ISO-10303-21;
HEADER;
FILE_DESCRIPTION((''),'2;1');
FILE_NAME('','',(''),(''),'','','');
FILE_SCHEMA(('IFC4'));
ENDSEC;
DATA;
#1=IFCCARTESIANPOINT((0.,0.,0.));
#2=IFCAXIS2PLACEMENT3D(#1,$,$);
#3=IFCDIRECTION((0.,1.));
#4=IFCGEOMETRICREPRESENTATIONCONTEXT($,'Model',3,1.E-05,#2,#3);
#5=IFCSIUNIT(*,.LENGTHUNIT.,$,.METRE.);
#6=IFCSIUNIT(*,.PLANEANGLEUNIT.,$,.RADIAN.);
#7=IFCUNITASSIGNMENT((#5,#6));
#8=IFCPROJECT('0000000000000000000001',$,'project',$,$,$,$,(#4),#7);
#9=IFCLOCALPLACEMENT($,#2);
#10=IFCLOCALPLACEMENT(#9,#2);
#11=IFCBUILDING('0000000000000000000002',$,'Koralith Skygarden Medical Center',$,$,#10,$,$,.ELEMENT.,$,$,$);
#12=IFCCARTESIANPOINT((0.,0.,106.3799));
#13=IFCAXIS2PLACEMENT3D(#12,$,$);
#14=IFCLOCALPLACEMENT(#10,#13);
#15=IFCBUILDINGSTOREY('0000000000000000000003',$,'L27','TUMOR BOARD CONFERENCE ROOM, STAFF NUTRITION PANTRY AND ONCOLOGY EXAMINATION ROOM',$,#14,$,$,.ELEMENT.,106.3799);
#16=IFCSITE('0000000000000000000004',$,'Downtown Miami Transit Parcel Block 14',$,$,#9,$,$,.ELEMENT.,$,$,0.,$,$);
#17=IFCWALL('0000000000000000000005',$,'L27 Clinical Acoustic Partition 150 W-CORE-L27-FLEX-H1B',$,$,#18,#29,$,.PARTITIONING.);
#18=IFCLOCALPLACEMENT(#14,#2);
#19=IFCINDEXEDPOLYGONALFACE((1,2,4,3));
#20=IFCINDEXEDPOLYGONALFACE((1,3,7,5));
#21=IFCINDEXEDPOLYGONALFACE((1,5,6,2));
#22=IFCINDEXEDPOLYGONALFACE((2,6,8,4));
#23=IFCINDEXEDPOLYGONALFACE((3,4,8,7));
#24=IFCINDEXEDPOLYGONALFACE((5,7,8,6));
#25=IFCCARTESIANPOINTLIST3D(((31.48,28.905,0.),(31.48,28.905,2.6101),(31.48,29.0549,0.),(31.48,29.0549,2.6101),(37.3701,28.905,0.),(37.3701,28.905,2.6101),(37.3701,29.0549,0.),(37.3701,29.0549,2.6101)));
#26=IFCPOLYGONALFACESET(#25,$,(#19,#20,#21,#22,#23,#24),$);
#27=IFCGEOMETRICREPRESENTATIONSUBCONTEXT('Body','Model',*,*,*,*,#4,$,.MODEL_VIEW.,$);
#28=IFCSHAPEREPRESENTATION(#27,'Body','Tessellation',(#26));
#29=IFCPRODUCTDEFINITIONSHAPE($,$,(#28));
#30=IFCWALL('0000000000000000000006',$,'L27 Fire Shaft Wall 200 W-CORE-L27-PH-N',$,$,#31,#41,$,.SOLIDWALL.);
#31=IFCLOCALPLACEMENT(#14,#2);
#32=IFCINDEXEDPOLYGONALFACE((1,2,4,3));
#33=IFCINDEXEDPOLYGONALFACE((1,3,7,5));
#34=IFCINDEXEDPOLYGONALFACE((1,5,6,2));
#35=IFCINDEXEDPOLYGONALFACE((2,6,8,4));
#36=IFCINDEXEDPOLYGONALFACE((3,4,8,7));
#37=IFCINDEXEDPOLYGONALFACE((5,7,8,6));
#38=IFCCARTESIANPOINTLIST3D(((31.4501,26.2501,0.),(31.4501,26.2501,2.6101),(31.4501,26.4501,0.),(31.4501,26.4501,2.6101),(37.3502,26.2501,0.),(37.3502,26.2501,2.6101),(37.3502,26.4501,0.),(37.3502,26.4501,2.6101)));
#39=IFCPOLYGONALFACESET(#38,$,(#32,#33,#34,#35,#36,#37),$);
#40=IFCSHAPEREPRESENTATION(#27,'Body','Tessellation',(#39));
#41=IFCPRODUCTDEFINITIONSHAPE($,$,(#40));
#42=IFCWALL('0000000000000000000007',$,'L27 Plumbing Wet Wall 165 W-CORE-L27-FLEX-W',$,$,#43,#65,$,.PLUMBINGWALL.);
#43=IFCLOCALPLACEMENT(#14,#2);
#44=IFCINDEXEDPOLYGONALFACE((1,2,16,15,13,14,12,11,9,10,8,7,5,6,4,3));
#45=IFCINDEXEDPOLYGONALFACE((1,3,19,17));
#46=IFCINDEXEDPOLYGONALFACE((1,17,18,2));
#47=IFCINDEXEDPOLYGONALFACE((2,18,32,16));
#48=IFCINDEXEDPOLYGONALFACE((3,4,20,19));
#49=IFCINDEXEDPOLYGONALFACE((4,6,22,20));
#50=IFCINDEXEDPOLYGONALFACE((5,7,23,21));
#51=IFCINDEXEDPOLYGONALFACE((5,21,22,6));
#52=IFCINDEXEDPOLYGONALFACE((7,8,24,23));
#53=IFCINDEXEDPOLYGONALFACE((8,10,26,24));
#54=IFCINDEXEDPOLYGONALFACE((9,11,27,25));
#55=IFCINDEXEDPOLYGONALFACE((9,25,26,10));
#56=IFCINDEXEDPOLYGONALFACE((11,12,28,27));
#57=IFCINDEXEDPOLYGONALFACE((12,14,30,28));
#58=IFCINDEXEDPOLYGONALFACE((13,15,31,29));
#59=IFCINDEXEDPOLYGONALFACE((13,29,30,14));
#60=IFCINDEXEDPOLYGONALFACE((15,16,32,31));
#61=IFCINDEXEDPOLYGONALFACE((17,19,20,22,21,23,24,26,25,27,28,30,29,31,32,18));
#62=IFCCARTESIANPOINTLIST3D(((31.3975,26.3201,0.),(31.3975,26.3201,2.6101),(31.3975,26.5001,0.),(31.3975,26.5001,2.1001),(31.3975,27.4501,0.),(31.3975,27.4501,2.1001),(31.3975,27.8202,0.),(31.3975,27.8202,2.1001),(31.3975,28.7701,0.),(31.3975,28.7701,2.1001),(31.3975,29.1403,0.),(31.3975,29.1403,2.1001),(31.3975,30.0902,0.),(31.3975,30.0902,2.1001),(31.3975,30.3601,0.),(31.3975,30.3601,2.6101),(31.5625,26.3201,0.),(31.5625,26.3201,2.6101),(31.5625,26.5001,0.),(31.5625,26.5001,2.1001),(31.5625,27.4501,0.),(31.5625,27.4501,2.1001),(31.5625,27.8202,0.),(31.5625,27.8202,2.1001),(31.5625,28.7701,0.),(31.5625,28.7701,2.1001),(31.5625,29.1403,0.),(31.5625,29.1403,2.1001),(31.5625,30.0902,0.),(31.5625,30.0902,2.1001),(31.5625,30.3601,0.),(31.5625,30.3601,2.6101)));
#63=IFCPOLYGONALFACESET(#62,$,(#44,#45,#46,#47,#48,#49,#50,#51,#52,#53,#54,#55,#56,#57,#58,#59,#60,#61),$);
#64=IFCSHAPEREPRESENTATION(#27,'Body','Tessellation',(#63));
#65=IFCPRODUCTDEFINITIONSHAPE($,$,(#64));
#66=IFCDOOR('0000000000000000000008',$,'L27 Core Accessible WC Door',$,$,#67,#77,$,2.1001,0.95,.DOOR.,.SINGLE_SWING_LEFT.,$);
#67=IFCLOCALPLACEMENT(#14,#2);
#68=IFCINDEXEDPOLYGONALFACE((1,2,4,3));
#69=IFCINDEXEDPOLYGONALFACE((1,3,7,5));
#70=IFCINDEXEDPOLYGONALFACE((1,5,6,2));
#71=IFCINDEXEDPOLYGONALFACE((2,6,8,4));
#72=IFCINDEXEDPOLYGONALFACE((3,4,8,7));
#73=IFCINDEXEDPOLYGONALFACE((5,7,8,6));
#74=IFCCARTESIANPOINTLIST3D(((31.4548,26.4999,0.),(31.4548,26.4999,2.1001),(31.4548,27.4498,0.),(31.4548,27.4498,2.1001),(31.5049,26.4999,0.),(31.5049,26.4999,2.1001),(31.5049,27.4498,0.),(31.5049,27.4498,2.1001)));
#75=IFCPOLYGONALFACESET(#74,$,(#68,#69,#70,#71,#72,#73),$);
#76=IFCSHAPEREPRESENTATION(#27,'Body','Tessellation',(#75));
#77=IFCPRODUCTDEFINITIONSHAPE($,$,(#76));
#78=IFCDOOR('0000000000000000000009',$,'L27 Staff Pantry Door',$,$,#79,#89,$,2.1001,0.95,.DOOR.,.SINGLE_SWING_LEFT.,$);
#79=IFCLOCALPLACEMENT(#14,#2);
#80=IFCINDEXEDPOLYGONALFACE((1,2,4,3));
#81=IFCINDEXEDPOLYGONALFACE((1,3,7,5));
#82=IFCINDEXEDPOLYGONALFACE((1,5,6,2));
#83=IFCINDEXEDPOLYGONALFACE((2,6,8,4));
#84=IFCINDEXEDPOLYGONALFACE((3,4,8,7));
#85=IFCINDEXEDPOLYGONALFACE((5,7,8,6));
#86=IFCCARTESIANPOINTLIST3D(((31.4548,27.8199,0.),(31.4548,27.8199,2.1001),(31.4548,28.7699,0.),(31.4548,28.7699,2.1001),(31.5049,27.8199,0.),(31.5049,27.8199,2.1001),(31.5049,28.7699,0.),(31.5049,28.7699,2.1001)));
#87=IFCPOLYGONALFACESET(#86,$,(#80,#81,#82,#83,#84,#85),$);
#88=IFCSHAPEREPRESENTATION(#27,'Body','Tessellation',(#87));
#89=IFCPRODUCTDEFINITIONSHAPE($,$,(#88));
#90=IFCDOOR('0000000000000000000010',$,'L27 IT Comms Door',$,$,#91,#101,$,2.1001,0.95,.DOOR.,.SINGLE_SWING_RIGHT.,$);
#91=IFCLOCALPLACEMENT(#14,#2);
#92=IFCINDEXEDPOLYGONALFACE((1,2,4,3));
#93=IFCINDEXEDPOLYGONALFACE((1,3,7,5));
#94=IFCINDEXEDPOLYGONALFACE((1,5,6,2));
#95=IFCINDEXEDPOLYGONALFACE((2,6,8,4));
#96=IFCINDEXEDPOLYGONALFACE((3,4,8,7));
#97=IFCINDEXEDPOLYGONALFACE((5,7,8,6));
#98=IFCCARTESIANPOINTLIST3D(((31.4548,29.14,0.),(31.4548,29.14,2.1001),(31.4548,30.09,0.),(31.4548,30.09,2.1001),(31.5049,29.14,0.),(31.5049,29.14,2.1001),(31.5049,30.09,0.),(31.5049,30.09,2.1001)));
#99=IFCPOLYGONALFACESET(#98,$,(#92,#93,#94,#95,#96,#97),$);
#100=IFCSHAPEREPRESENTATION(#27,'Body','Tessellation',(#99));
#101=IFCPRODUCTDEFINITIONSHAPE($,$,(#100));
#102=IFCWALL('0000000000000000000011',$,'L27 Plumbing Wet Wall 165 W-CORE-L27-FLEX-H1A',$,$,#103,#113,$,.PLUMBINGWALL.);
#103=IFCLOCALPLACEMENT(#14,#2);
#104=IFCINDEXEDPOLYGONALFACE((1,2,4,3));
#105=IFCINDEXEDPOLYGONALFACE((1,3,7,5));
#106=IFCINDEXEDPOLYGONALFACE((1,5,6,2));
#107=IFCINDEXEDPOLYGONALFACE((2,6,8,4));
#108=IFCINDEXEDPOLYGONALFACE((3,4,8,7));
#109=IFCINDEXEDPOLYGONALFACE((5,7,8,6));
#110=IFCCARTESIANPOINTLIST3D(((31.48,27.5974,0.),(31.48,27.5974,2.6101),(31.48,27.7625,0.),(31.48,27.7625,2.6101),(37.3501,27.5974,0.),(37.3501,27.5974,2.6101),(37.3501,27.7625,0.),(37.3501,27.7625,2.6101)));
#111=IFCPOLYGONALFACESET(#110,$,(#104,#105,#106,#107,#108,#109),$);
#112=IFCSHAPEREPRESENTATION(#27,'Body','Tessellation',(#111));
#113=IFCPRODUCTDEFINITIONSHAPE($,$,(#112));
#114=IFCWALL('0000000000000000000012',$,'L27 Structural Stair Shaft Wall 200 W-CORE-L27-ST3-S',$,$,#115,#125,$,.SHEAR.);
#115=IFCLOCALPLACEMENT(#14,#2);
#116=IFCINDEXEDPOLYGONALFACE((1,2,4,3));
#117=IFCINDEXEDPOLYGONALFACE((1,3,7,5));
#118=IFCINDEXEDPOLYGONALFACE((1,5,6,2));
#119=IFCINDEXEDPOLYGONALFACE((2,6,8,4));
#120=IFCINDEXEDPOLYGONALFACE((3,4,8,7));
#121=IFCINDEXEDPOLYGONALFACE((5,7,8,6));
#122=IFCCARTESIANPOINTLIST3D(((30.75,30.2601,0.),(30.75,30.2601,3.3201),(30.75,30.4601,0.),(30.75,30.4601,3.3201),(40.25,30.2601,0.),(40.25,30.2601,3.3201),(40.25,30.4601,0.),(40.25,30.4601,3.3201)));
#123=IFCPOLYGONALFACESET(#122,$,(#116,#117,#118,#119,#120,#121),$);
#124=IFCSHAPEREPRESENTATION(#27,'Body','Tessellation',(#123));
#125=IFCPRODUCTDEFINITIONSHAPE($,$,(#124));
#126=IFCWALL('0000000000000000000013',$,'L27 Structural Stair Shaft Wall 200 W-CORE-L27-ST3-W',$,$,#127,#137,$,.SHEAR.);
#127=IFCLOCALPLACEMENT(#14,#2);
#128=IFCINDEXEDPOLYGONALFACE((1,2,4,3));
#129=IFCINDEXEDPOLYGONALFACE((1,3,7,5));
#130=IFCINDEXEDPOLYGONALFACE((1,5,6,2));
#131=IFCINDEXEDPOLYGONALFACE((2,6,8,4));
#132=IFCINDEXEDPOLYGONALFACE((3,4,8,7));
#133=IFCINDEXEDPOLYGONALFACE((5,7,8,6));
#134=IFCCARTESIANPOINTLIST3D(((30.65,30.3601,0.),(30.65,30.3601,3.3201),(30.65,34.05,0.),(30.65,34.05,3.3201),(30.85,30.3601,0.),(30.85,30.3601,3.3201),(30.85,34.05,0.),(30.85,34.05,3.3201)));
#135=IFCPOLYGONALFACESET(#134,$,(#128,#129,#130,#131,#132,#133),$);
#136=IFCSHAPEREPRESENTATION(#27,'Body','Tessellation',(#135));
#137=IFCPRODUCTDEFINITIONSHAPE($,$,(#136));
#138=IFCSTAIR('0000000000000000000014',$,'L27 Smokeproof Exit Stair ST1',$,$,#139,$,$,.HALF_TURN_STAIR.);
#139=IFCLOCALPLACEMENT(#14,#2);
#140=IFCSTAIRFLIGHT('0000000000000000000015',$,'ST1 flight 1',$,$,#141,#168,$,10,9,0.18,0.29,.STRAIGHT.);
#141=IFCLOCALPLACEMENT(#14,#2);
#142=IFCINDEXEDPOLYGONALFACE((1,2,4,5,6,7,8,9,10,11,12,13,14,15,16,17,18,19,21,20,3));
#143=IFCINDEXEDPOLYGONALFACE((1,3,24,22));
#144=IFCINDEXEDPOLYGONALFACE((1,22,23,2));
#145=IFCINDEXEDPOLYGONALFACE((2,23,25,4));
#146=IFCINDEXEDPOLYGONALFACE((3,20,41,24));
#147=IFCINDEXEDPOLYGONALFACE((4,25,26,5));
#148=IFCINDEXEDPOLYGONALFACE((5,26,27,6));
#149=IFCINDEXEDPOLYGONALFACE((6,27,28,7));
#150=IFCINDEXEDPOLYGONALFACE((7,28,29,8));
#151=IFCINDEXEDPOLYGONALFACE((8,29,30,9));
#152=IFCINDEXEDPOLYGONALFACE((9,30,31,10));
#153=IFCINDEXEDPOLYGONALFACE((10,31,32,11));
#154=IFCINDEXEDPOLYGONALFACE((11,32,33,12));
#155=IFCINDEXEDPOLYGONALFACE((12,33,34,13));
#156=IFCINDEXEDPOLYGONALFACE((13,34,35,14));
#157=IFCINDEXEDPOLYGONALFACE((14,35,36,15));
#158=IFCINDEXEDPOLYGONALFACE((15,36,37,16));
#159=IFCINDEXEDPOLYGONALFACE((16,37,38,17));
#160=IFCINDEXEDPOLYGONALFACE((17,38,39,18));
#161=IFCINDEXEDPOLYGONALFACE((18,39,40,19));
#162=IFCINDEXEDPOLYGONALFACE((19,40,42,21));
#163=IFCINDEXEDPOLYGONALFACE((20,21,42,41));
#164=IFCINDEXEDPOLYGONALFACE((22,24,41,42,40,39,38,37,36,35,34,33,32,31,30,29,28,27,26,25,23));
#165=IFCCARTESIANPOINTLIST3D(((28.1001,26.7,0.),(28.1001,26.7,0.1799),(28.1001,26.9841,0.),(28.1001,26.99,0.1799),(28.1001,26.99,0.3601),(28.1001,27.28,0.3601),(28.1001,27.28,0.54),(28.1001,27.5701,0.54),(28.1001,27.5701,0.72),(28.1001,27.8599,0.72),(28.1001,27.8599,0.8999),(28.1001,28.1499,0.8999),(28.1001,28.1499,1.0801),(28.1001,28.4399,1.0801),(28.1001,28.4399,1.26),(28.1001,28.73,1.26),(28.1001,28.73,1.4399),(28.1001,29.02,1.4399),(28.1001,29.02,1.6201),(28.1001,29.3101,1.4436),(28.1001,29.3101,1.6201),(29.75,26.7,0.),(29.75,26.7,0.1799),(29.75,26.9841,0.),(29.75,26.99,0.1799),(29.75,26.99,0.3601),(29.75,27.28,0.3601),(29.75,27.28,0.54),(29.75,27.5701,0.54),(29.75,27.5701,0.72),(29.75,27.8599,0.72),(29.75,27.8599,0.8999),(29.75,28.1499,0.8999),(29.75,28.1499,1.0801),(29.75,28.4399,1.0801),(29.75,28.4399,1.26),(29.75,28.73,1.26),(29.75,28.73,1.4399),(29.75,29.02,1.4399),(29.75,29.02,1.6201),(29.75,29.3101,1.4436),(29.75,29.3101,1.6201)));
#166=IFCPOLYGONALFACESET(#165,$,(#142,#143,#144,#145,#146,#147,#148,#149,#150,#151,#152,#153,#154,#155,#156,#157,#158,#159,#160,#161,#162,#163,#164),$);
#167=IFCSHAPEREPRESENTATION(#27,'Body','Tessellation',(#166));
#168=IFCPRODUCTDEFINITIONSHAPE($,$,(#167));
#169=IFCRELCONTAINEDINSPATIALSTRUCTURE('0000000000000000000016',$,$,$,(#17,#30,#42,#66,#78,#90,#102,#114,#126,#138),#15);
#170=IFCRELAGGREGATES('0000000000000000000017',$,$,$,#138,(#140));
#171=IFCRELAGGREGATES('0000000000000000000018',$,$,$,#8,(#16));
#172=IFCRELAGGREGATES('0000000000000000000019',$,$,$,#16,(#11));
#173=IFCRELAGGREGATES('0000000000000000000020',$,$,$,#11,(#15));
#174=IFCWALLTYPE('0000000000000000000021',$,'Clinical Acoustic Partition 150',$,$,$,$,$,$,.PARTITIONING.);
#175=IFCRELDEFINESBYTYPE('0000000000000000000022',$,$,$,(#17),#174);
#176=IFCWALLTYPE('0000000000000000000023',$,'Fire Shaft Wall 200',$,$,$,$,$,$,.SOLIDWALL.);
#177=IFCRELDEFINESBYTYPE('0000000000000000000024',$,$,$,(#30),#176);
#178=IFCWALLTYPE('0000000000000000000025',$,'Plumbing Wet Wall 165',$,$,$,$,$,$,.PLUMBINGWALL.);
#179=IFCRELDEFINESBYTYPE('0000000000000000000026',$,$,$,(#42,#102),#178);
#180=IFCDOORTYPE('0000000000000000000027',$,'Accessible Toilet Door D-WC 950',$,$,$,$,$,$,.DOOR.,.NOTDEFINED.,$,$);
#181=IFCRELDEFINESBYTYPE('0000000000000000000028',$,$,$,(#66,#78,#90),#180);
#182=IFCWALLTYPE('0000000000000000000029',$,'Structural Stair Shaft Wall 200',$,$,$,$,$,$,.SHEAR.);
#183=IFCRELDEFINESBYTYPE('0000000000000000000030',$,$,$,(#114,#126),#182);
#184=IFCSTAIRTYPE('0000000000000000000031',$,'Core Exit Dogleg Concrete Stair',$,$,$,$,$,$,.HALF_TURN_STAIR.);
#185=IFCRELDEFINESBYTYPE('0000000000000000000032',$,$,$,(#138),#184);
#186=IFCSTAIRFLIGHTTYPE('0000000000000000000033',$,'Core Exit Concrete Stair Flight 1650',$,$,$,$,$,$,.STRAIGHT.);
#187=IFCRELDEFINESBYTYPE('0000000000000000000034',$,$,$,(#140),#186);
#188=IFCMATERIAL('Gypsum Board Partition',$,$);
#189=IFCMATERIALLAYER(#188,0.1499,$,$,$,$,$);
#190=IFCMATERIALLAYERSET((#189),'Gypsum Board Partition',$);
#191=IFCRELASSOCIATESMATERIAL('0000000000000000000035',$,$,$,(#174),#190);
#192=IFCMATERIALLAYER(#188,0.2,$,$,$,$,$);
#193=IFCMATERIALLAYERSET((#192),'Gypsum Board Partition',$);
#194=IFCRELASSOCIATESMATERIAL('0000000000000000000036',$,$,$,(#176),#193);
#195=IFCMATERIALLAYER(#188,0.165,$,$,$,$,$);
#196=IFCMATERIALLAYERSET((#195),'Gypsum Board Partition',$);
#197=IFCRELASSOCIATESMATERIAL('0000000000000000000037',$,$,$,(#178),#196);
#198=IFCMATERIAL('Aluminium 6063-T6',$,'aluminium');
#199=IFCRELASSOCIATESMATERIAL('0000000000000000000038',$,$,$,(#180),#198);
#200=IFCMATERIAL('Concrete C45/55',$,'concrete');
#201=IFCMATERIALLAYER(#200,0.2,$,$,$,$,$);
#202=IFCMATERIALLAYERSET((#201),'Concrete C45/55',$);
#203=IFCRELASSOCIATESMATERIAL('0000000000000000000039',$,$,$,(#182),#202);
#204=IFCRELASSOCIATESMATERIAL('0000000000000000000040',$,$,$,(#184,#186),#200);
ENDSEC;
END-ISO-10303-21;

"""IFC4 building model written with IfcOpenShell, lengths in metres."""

from ifc_helpers import new_model, si_unit, direction, frame, frame_2d, origin, place, context, subcontext, project, spatial, polyline, rectangle, outline, extrude, material, layer, layer_set, type_object, element, fill, aggregate, save


model = new_model("IFC4")

# Units and contexts
model_context = context("Model", 3, precision=1e-05, world=origin(), true_north=direction((0.0, 1.0)))
body_context = subcontext(model_context, "Body", "Model", "MODEL_VIEW")
ifc_project = project(units=[si_unit("LENGTHUNIT", "METRE"), si_unit("PLANEANGLEUNIT", "RADIAN")], contexts=[model_context])

# Site, building, storey
site_placement = place(None, origin())
site = spatial("IfcSite", under=ifc_project, at=site_placement, Name="Downtown Miami Transit Parcel Block 14", CompositionType="ELEMENT", RefElevation=0.0)
building_placement = place(site_placement, origin())
building = spatial("IfcBuilding", under=site, at=building_placement, Name="Koralith Skygarden Medical Center", CompositionType="ELEMENT")
storey_placement = place(building_placement, frame((0.0, 0.0, 106.3799)))
storey = spatial("IfcBuildingStorey", under=building, at=storey_placement, Name="L27", Description="TUMOR BOARD CONFERENCE ROOM, STAFF NUTRITION PANTRY AND ONCOLOGY EXAMINATION ROOM", CompositionType="ELEMENT", Elevation=106.3799)

# Walls
ifc_material_1 = material(Name="Gypsum Board Partition")
ifc_layer_1 = layer(ifc_material_1, 0.1499)
ifc_layer_set_1 = layer_set([ifc_layer_1], Name="Gypsum Board Partition")
wall_type_1 = type_object("IfcWallType", Name="Clinical Acoustic Partition 150", PredefinedType="PARTITIONING", material=ifc_layer_set_1)
wall_1_placement = place(storey_placement, frame((31.48, 28.98, 0.0), z_axis=(0.0, 0.0, 1.0), x_axis=(1.0, 0.0, 0.0)))
element("IfcWall", 1, at=wall_1_placement, inside=storey, type_object=wall_type_1, Name="L27 Clinical Acoustic Partition 150 W-CORE-L27-FLEX-H1B", PredefinedType="PARTITIONING", context=body_context, shape_type="SweptSolid", body=[
    extrude(rectangle(XDim=5.8901, YDim=0.1499, at=frame_2d((2.9451, 0.0))), origin(), (0.0, 0.0, 1.0), 2.6101),
])
ifc_layer_2 = layer(ifc_material_1, 0.2)
ifc_layer_set_2 = layer_set([ifc_layer_2], Name="Gypsum Board Partition")
wall_type_2 = type_object("IfcWallType", Name="Fire Shaft Wall 200", PredefinedType="SOLIDWALL", material=ifc_layer_set_2)
wall_2_placement = place(storey_placement, frame((31.45, 26.3501, 0.0), z_axis=(0.0, 0.0, 1.0), x_axis=(1.0, 0.0, 0.0)))
element("IfcWall", 2, at=wall_2_placement, inside=storey, type_object=wall_type_2, Name="L27 Fire Shaft Wall 200 W-CORE-L27-PH-N", PredefinedType="SOLIDWALL", context=body_context, shape_type="SweptSolid", body=[
    extrude(rectangle(XDim=5.9001, YDim=0.2, at=frame_2d((2.9502, 0.0))), origin(), (0.0, 0.0, 1.0), 2.6101),
])

# Wall, openings, doors
ifc_layer_3 = layer(ifc_material_1, 0.165)
ifc_layer_set_3 = layer_set([ifc_layer_3], Name="Gypsum Board Partition")
wall_type_3 = type_object("IfcWallType", Name="Plumbing Wet Wall 165", PredefinedType="PLUMBINGWALL", material=ifc_layer_set_3)
wall_3_placement = place(storey_placement, frame((31.48, 26.3201, 0.0), z_axis=(0.0, 0.0, 1.0), x_axis=(0.0, 1.0, 0.0)))
wall_3 = element("IfcWall", 3, at=wall_3_placement, inside=storey, type_object=wall_type_3, Name="L27 Plumbing Wet Wall 165 W-CORE-L27-FLEX-W", PredefinedType="PLUMBINGWALL", context=body_context, shape_type="SweptSolid", body=[
    extrude(rectangle(XDim=4.04, YDim=0.165, at=frame_2d((2.02, 0.0))), origin(), (0.0, 0.0, 1.0), 2.6101),
])
opening_1_placement = place(wall_3_placement, frame((0.1799, 0.0, 0.0)))
opening_1 = element("IfcOpeningElement", 4, at=opening_1_placement, cuts=wall_3, PredefinedType="OPENING", context=body_context, shape_type="SweptSolid", body=[
    extrude(rectangle(XDim=0.95, YDim=2.1001, at=frame_2d((0.4751, 1.05))), frame((0.0, 0.0925, 0.0), z_axis=(0.0, -1.0, 0.0), x_axis=(1.0, 0.0, 0.0)), (0.0, 0.0, 1.0), 0.1851),
])
opening_2_placement = place(wall_3_placement, frame((1.5, 0.0, 0.0)))
opening_2 = element("IfcOpeningElement", 5, at=opening_2_placement, cuts=wall_3, PredefinedType="OPENING", context=body_context, shape_type="SweptSolid", body=[
    extrude(rectangle(XDim=0.95, YDim=2.1001, at=frame_2d((0.4751, 1.05))), frame((0.0, 0.0925, 0.0), z_axis=(0.0, -1.0, 0.0), x_axis=(1.0, 0.0, 0.0)), (0.0, 0.0, 1.0), 0.1851),
])
opening_3_placement = place(wall_3_placement, frame((2.8201, 0.0, 0.0)))
opening_3 = element("IfcOpeningElement", 6, at=opening_3_placement, cuts=wall_3, PredefinedType="OPENING", context=body_context, shape_type="SweptSolid", body=[
    extrude(rectangle(XDim=0.95, YDim=2.1001, at=frame_2d((0.4751, 1.05))), frame((0.0, 0.0925, 0.0), z_axis=(0.0, -1.0, 0.0), x_axis=(1.0, 0.0, 0.0)), (0.0, 0.0, 1.0), 0.1851),
])
ifc_material_2 = material(Name="Aluminium 6063-T6", Category="aluminium")
door_type = type_object("IfcDoorType", Name="Accessible Toilet Door D-WC 950", OperationType="NOTDEFINED", PredefinedType="DOOR", material=ifc_material_2)
door_1_placement = place(opening_1_placement, frame((0.95, 0.0, 0.0), z_axis=(0.0, 0.0, 1.0), x_axis=(-1.0, 0.0, 0.0)))
door_1 = element("IfcDoor", 7, at=door_1_placement, inside=storey, type_object=door_type, Name="L27 Core Accessible WC Door", OperationType="SINGLE_SWING_LEFT", OverallHeight=2.1001, OverallWidth=0.95, PredefinedType="DOOR", context=body_context, shape_type="SweptSolid", body=[
    extrude(rectangle(XDim=0.95, YDim=2.1001, at=frame_2d((0.4751, 1.05))), frame((0.0, 0.0249, 0.0), z_axis=(0.0, -1.0, 0.0), x_axis=(1.0, 0.0, 0.0)), (0.0, 0.0, 1.0), 0.05),
])
fill(opening_1, door_1)
door_2_placement = place(opening_2_placement, frame((0.95, 0.0, 0.0), z_axis=(0.0, 0.0, 1.0), x_axis=(-1.0, 0.0, 0.0)))
door_2 = element("IfcDoor", 8, at=door_2_placement, inside=storey, type_object=door_type, Name="L27 Staff Pantry Door", OperationType="SINGLE_SWING_LEFT", OverallHeight=2.1001, OverallWidth=0.95, PredefinedType="DOOR", context=body_context, shape_type="SweptSolid", body=[
    extrude(rectangle(XDim=0.95, YDim=2.1001, at=frame_2d((0.4751, 1.05))), frame((0.0, 0.0249, 0.0), z_axis=(0.0, -1.0, 0.0), x_axis=(1.0, 0.0, 0.0)), (0.0, 0.0, 1.0), 0.05),
])
fill(opening_2, door_2)
door_3_placement = place(opening_3_placement, frame((0.95, 0.0, 0.0), z_axis=(0.0, 0.0, 1.0), x_axis=(-1.0, 0.0, 0.0)))
door_3 = element("IfcDoor", 9, at=door_3_placement, inside=storey, type_object=door_type, Name="L27 IT Comms Door", OperationType="SINGLE_SWING_RIGHT", OverallHeight=2.1001, OverallWidth=0.95, PredefinedType="DOOR", context=body_context, shape_type="SweptSolid", body=[
    extrude(rectangle(XDim=0.95, YDim=2.1001, at=frame_2d((0.4751, 1.05))), frame((0.0, 0.0249, 0.0), z_axis=(0.0, -1.0, 0.0), x_axis=(1.0, 0.0, 0.0)), (0.0, 0.0, 1.0), 0.05),
])
fill(opening_3, door_3)

# Walls
wall_4_placement = place(storey_placement, frame((31.48, 27.6799, 0.0), z_axis=(0.0, 0.0, 1.0), x_axis=(1.0, 0.0, 0.0)))
element("IfcWall", 10, at=wall_4_placement, inside=storey, type_object=wall_type_3, Name="L27 Plumbing Wet Wall 165 W-CORE-L27-FLEX-H1A", PredefinedType="PLUMBINGWALL", context=body_context, shape_type="SweptSolid", body=[
    extrude(rectangle(XDim=5.8701, YDim=0.165, at=frame_2d((2.9351, 0.0))), origin(), (0.0, 0.0, 1.0), 2.6101),
])
ifc_material_3 = material(Name="Concrete C45/55", Category="concrete")
ifc_layer_4 = layer(ifc_material_3, 0.2)
ifc_layer_set_4 = layer_set([ifc_layer_4], Name="Concrete C45/55")
wall_type_4 = type_object("IfcWallType", Name="Structural Stair Shaft Wall 200", PredefinedType="SHEAR", material=ifc_layer_set_4)
wall_5_placement = place(storey_placement, frame((30.75, 30.3601, 0.0), z_axis=(0.0, 0.0, 1.0), x_axis=(1.0, 0.0, 0.0)))
element("IfcWall", 11, at=wall_5_placement, inside=storey, type_object=wall_type_4, Name="L27 Structural Stair Shaft Wall 200 W-CORE-L27-ST3-S", PredefinedType="SHEAR", context=body_context, shape_type="SweptSolid", body=[
    extrude(rectangle(XDim=9.5, YDim=0.2, at=frame_2d((4.75, 0.0))), origin(), (0.0, 0.0, 1.0), 3.3201),
])
wall_6_placement = place(storey_placement, frame((30.75, 30.3601, 0.0), z_axis=(0.0, 0.0, 1.0), x_axis=(0.0, 1.0, 0.0)))
element("IfcWall", 12, at=wall_6_placement, inside=storey, type_object=wall_type_4, Name="L27 Structural Stair Shaft Wall 200 W-CORE-L27-ST3-W", PredefinedType="SHEAR", context=body_context, shape_type="SweptSolid", body=[
    extrude(rectangle(XDim=3.6899, YDim=0.2, at=frame_2d((1.845, 0.0))), origin(), (0.0, 0.0, 1.0), 3.3201),
])

# Stair, stair flight
stair_type = type_object("IfcStairType", Name="Core Exit Dogleg Concrete Stair", PredefinedType="HALF_TURN_STAIR", material=ifc_material_3)
stair_1_placement = place(storey_placement, origin())
stair_1 = element("IfcStair", 13, at=stair_1_placement, inside=storey, type_object=stair_type, Name="L27 Smokeproof Exit Stair ST1", PredefinedType="HALF_TURN_STAIR")
stair_flight_type = type_object("IfcStairFlightType", Name="Core Exit Concrete Stair Flight 1650", PredefinedType="STRAIGHT", material=ifc_material_3)
stair_flight_1_placement = place(storey_placement, frame((28.925, 26.7, 0.0), z_axis=(0.0, 0.0, 1.0), x_axis=(0.0, 1.0, 0.0)))
stair_flight_1 = element("IfcStairFlight", 14, at=stair_flight_1_placement, type_object=stair_flight_type, Name="ST1 flight 1", NumberOfRisers=10, NumberOfTreads=9, PredefinedType="STRAIGHT", RiserHeight=0.18, TreadLength=0.29, context=body_context, shape_type="SweptSolid", body=[
    extrude(outline(polyline([(0.0, 0.0), (0.0, 0.1799), (0.29, 0.1799), (0.29, 0.3601), (0.5801, 0.3601), (0.5801, 0.54), (0.8701, 0.54), (0.8701, 0.72), (1.1599, 0.72), (1.1599, 0.8999), (1.45, 0.8999), (1.45, 1.0801), (1.74, 1.0801), (1.74, 1.26), (2.03, 1.26), (2.03, 1.4399), (2.3201, 1.4399), (2.3201, 1.6201), (2.6101, 1.6201), (2.6101, 1.8), (2.6101, 1.4436), (0.2842, 0.0), (0.0, 0.0)])), frame((0.0, 0.825, 0.0), z_axis=(0.0, -1.0, 0.0), x_axis=(1.0, 0.0, 0.0)), (0.0, 0.0, 1.0), 1.6499),
])
aggregate(stair_1, [stair_flight_1])

save(model, "model.ifc")
